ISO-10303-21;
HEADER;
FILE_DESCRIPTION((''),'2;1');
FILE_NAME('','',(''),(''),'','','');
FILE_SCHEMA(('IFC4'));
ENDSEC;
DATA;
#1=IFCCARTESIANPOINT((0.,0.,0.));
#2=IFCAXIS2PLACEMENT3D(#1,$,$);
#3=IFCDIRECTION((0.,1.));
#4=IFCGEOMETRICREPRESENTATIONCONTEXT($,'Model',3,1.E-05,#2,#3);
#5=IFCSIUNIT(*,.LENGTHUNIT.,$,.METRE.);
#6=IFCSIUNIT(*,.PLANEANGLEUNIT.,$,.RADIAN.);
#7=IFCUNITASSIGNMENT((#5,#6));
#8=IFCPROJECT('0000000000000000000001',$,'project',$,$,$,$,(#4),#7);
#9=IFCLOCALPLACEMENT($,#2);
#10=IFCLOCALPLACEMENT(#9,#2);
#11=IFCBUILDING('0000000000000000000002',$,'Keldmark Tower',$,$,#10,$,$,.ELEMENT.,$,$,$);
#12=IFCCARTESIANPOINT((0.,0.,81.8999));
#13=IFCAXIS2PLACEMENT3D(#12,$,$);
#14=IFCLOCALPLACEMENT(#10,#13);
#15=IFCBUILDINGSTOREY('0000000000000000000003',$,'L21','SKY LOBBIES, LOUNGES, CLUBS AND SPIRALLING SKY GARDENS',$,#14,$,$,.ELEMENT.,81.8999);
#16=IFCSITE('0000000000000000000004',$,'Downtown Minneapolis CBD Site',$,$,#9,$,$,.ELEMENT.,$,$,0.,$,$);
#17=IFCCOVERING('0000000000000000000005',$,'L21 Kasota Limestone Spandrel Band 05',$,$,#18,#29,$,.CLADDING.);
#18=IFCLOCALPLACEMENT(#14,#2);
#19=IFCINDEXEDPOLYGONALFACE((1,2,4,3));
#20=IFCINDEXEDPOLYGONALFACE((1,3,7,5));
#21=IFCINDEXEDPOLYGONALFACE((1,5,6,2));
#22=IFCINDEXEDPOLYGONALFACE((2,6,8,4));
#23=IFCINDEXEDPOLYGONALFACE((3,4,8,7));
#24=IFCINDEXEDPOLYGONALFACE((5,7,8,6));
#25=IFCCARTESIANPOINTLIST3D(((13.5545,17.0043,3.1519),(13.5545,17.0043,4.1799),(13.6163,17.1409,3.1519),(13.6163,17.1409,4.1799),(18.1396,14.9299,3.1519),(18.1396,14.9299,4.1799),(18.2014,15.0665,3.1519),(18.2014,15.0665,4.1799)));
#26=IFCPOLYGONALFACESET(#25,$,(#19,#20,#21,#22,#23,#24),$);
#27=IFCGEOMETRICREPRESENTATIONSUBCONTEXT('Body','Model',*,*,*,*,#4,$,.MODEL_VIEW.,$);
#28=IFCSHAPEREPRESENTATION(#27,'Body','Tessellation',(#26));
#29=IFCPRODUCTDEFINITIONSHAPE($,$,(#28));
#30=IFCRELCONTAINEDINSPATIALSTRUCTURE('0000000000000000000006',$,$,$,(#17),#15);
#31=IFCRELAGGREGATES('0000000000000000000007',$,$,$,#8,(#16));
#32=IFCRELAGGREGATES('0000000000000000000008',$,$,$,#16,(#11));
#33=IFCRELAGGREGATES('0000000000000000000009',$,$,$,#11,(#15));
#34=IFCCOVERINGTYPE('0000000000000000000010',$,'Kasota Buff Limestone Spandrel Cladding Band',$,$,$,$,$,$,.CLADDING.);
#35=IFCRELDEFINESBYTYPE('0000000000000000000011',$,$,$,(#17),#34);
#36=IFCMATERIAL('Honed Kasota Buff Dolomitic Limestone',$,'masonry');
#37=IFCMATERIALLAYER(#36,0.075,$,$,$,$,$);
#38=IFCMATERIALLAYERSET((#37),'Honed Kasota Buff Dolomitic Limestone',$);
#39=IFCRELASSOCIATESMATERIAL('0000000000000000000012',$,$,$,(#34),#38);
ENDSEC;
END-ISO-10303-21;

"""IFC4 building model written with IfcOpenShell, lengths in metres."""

from ifc_helpers import new_model, si_unit, direction, frame, origin, origin_2d, place, context, subcontext, project, spatial, rectangle, extrude, material, layer, layer_set, type_object, element, save


model = new_model("IFC4")

# Units and contexts
model_context = context("Model", 3, precision=1e-05, world=origin(), true_north=direction((0.0, 1.0)))
body_context = subcontext(model_context, "Body", "Model", "MODEL_VIEW")
ifc_project = project(units=[si_unit("LENGTHUNIT", "METRE"), si_unit("PLANEANGLEUNIT", "RADIAN")], contexts=[model_context])

# Site, building, storey
site_placement = place(None, origin())
site = spatial("IfcSite", under=ifc_project, at=site_placement, Name="Downtown Minneapolis CBD Site", CompositionType="ELEMENT", RefElevation=0.0)
building_placement = place(site_placement, origin())
building = spatial("IfcBuilding", under=site, at=building_placement, Name="Keldmark Tower", CompositionType="ELEMENT")
storey_placement = place(building_placement, frame((0.0, 0.0, 81.8999)))
storey = spatial("IfcBuildingStorey", under=building, at=storey_placement, Name="L21", Description="SKY LOBBIES, LOUNGES, CLUBS AND SPIRALLING SKY GARDENS", CompositionType="ELEMENT", Elevation=81.8999)

# Covering
ifc_material_1 = material(Name="Honed Kasota Buff Dolomitic Limestone", Category="masonry")
ifc_layer_1 = layer(ifc_material_1, 0.075)
ifc_layer_set_1 = layer_set([ifc_layer_1], Name="Honed Kasota Buff Dolomitic Limestone")
covering_type = type_object("IfcCoveringType", Name="Kasota Buff Limestone Spandrel Cladding Band", PredefinedType="CLADDING", material=ifc_layer_set_1)
covering_placement = place(storey_placement, frame((15.8779, 16.0354, 3.1519), z_axis=(0.0, 0.0, 1.0), x_axis=(-0.911094, 0.412198, 0.0)))
element("IfcCovering", 1, at=covering_placement, inside=storey, type_object=covering_type, Name="L21 Kasota Limestone Spandrel Band 05", PredefinedType="CLADDING", context=body_context, shape_type="SweptSolid", body=[
    extrude(rectangle(XDim=5.0325, YDim=0.1499, at=origin_2d()), origin(), (0.0, 0.0, 1.0), 1.0281),
])

save(model, "model.ifc")
